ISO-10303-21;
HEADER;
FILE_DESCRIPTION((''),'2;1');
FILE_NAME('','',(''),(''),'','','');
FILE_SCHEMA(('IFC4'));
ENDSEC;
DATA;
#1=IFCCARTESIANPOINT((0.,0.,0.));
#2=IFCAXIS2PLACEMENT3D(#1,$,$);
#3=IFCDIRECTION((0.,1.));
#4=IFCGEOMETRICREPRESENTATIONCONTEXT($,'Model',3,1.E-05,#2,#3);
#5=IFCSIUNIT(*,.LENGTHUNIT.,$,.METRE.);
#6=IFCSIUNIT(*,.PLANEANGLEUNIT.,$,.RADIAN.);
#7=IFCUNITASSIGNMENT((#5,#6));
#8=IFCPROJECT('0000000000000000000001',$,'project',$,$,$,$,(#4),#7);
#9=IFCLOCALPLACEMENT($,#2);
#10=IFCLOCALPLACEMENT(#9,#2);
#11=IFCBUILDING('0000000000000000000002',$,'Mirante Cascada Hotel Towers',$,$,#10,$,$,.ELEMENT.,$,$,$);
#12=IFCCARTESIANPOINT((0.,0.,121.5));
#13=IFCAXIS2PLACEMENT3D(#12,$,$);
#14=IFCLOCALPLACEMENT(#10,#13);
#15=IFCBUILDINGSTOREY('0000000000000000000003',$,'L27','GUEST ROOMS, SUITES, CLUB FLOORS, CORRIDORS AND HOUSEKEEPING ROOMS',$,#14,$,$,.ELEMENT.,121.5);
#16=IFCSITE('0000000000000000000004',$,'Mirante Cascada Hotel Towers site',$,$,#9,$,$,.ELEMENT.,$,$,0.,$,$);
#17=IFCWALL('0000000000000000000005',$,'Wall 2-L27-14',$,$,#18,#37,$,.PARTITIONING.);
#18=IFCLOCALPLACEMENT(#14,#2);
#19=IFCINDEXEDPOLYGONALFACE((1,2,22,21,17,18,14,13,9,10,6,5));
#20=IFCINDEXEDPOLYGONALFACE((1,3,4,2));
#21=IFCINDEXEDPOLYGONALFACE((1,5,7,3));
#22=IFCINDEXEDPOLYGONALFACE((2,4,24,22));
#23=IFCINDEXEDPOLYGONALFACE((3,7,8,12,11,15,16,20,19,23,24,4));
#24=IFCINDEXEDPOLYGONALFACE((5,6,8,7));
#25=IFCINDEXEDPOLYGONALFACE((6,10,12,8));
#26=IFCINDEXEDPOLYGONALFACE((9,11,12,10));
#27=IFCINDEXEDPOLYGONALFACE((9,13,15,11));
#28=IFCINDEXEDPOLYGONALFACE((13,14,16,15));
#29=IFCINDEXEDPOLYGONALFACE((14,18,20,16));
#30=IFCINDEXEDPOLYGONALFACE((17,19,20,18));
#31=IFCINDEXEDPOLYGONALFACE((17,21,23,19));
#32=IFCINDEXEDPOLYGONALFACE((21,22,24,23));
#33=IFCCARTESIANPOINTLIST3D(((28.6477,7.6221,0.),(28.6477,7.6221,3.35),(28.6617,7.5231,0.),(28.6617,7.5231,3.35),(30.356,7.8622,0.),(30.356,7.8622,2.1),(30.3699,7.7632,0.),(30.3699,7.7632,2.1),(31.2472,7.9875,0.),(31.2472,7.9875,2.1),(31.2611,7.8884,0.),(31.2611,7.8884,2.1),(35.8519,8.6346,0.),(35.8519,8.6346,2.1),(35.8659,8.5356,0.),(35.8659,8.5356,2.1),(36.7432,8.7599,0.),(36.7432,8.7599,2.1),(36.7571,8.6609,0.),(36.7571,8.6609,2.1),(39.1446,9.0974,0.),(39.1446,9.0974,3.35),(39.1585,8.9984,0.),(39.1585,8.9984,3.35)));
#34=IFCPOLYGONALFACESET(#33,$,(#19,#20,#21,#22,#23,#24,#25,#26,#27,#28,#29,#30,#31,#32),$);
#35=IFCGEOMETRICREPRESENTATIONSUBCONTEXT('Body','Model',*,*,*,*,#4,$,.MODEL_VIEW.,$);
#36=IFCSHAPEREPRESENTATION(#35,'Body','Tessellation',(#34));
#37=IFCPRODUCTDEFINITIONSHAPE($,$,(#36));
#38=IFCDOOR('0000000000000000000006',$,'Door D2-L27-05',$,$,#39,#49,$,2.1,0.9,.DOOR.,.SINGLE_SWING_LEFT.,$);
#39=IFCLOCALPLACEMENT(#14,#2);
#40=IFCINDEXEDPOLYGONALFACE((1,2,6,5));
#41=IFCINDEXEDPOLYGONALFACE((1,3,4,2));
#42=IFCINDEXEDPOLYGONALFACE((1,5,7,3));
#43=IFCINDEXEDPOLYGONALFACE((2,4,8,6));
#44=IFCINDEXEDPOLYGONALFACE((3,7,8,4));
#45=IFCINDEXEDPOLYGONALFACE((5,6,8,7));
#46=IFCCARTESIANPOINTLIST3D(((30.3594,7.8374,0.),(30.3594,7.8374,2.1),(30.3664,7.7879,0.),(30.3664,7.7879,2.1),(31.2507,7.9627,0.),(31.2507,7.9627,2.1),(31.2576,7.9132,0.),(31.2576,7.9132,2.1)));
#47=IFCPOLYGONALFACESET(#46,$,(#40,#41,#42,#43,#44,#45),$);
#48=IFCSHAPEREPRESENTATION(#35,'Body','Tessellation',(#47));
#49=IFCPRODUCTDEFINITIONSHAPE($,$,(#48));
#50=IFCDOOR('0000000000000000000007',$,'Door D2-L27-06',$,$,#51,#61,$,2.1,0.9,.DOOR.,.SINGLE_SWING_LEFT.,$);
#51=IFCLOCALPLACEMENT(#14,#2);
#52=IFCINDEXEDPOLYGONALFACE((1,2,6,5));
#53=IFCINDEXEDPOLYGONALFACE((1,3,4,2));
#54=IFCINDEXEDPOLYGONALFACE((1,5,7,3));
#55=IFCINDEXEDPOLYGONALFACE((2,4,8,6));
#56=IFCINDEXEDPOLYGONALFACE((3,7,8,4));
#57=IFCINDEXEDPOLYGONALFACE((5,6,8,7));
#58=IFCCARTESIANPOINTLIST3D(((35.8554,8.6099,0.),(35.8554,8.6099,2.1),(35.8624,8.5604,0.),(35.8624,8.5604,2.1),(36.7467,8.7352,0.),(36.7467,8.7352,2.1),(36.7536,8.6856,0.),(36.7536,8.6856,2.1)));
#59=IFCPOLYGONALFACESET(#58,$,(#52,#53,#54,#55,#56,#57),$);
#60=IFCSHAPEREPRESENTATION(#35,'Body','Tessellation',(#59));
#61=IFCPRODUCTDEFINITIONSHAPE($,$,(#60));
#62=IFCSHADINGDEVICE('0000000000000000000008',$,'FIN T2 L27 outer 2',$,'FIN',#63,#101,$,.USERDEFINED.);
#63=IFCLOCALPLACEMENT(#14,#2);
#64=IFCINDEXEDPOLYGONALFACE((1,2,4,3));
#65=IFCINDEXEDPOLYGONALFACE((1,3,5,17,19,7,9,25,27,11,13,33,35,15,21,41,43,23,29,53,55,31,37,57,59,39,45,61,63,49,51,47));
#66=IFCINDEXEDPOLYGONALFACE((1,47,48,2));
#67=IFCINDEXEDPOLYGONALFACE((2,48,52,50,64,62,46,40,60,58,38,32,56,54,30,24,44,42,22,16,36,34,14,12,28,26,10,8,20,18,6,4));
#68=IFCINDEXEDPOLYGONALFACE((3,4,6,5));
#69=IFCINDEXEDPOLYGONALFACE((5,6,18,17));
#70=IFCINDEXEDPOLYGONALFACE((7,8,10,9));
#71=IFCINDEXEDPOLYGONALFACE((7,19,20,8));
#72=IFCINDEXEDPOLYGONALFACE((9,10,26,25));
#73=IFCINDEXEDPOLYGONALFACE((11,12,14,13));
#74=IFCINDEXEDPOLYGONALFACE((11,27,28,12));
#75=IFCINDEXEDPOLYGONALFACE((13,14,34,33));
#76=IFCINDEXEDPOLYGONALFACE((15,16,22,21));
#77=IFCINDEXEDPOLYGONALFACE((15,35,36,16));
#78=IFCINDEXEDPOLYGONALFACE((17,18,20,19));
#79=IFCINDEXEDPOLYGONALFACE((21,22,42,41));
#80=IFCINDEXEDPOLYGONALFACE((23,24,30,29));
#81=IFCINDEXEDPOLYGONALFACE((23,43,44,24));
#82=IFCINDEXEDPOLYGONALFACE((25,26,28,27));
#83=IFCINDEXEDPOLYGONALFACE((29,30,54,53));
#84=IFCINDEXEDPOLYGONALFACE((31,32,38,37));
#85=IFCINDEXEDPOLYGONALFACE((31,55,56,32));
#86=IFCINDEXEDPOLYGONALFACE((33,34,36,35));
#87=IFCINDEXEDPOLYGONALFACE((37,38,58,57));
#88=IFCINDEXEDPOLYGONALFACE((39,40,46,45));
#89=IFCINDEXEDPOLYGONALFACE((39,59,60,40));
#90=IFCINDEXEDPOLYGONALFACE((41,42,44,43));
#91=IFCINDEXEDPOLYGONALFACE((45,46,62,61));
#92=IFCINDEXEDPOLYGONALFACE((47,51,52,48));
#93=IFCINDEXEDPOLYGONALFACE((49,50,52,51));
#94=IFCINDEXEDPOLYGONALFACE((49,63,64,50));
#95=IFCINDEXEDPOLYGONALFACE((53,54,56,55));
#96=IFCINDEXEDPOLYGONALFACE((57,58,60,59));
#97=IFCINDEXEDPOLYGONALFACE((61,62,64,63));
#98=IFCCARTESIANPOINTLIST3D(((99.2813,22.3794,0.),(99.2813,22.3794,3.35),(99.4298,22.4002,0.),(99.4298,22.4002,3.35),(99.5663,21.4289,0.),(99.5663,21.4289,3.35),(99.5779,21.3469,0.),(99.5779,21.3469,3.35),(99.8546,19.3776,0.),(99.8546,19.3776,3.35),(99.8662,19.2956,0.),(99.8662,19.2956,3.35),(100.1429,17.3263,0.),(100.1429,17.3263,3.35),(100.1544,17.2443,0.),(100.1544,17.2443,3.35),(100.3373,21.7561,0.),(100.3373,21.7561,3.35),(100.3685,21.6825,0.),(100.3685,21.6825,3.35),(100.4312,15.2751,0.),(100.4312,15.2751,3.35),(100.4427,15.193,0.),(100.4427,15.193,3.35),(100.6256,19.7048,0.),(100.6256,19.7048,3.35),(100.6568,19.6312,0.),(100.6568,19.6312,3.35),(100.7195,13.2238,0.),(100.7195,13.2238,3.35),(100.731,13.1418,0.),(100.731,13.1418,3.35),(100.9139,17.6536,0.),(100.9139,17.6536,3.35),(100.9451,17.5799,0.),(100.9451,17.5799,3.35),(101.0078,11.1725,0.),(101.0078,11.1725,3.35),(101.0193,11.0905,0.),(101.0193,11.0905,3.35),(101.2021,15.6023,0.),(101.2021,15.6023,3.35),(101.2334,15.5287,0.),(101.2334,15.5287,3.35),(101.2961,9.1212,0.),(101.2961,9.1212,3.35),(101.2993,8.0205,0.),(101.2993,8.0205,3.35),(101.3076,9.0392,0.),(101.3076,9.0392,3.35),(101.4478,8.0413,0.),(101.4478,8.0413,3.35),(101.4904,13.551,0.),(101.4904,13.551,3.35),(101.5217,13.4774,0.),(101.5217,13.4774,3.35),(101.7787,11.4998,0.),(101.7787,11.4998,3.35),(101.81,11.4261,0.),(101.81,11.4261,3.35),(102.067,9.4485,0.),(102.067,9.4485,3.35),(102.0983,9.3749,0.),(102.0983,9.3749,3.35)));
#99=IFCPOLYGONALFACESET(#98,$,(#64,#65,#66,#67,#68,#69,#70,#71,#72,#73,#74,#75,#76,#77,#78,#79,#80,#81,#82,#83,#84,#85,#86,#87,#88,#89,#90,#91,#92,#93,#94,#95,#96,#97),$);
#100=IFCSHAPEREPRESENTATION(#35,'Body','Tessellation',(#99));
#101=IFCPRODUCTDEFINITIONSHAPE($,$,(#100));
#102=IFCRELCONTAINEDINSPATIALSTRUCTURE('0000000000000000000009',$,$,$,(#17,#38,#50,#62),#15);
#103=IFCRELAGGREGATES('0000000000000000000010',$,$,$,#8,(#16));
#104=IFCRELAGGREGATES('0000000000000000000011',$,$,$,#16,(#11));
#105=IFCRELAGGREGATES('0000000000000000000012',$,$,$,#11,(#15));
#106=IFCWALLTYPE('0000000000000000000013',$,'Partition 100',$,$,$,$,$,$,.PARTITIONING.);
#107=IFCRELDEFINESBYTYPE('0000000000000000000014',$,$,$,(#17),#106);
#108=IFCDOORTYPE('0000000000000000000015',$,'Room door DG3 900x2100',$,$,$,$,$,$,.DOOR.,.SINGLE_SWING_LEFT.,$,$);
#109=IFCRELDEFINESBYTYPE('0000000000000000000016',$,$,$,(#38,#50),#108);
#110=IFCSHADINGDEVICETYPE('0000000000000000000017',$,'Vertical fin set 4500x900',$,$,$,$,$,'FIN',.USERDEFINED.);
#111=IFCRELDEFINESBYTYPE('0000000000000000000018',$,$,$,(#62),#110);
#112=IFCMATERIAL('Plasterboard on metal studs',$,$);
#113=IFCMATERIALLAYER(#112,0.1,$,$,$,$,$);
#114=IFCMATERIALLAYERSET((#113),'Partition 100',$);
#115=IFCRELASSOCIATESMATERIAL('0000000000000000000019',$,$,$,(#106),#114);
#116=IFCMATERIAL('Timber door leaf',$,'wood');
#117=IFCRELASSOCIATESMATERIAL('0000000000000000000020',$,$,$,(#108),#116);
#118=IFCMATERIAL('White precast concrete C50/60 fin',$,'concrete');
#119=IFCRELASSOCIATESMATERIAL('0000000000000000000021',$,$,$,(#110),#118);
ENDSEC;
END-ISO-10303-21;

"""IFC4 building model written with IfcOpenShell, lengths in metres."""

from ifc_helpers import new_model, si_unit, direction, frame, frame_2d, origin, place, context, subcontext, project, spatial, polyline, rectangle, outline, extrude, material, layer, layer_set, type_object, element, fill, save


model = new_model("IFC4")

# Units and contexts
model_context = context("Model", 3, precision=1e-05, world=origin(), true_north=direction((0.0, 1.0)))
body_context = subcontext(model_context, "Body", "Model", "MODEL_VIEW")
ifc_project = project(units=[si_unit("LENGTHUNIT", "METRE"), si_unit("PLANEANGLEUNIT", "RADIAN")], contexts=[model_context])

# Site, building, storey
site_placement = place(None, origin())
site = spatial("IfcSite", under=ifc_project, at=site_placement, Name="Mirante Cascada Hotel Towers site", CompositionType="ELEMENT", RefElevation=0.0)
building_placement = place(site_placement, origin())
building = spatial("IfcBuilding", under=site, at=building_placement, Name="Mirante Cascada Hotel Towers", CompositionType="ELEMENT")
storey_placement = place(building_placement, frame((0.0, 0.0, 121.5)))
storey = spatial("IfcBuildingStorey", under=building, at=storey_placement, Name="L27", Description="GUEST ROOMS, SUITES, CLUB FLOORS, CORRIDORS AND HOUSEKEEPING ROOMS", CompositionType="ELEMENT", Elevation=121.5)

# Wall, openings, doors
ifc_material_1 = material(Name="Plasterboard on metal studs")
ifc_layer_1 = layer(ifc_material_1, 0.1)
ifc_layer_set_1 = layer_set([ifc_layer_1], Name="Partition 100")
wall_type = type_object("IfcWallType", Name="Partition 100", PredefinedType="PARTITIONING", material=ifc_layer_set_1)
wall_placement = place(storey_placement, frame((28.6547, 7.5726, 0.0), z_axis=(0.0, 0.0, 1.0), x_axis=(0.990267, 0.13918, 0.0)))
wall = element("IfcWall", 1, at=wall_placement, inside=storey, type_object=wall_type, Name="Wall 2-L27-14", PredefinedType="PARTITIONING", context=body_context, shape_type="SweptSolid", body=[
    extrude(rectangle(XDim=10.6, YDim=0.1, at=frame_2d((5.3, 0.0))), origin(), (0.0, 0.0, 1.0), 3.35),
])
opening_1_placement = place(wall_placement, frame((1.725, 0.0, 0.0)))
opening_1 = element("IfcOpeningElement", 2, at=opening_1_placement, cuts=wall, PredefinedType="OPENING", context=body_context, shape_type="SweptSolid", body=[
    extrude(rectangle(XDim=0.9, YDim=2.1, at=frame_2d((0.45, 1.05))), frame((0.0, 0.05, 0.0), z_axis=(0.0, -1.0, 0.0), x_axis=(1.0, 0.0, 0.0)), (0.0, 0.0, 1.0), 0.1),
])
opening_2_placement = place(wall_placement, frame((7.275, 0.0, 0.0)))
opening_2 = element("IfcOpeningElement", 3, at=opening_2_placement, cuts=wall, PredefinedType="OPENING", context=body_context, shape_type="SweptSolid", body=[
    extrude(rectangle(XDim=0.9, YDim=2.1, at=frame_2d((0.45, 1.05))), frame((0.0, 0.05, 0.0), z_axis=(0.0, -1.0, 0.0), x_axis=(1.0, 0.0, 0.0)), (0.0, 0.0, 1.0), 0.1),
])
ifc_material_2 = material(Name="Timber door leaf", Category="wood")
door_type = type_object("IfcDoorType", Name="Room door DG3 900x2100", OperationType="SINGLE_SWING_LEFT", PredefinedType="DOOR", material=ifc_material_2)
door_1_placement = place(opening_1_placement, origin())
door_1 = element("IfcDoor", 4, at=door_1_placement, inside=storey, type_object=door_type, Name="Door D2-L27-05", OperationType="SINGLE_SWING_LEFT", OverallHeight=2.1, OverallWidth=0.9, PredefinedType="DOOR", context=body_context, shape_type="SweptSolid", body=[
    extrude(rectangle(XDim=0.9, YDim=2.1, at=frame_2d((0.45, 1.05))), frame((0.0, 0.025, 0.0), z_axis=(0.0, -1.0, 0.0), x_axis=(1.0, 0.0, 0.0)), (0.0, 0.0, 1.0), 0.05),
])
fill(opening_1, door_1)
door_2_placement = place(opening_2_placement, origin())
door_2 = element("IfcDoor", 5, at=door_2_placement, inside=storey, type_object=door_type, Name="Door D2-L27-06", OperationType="SINGLE_SWING_LEFT", OverallHeight=2.1, OverallWidth=0.9, PredefinedType="DOOR", context=body_context, shape_type="SweptSolid", body=[
    extrude(rectangle(XDim=0.9, YDim=2.1, at=frame_2d((0.45, 1.05))), frame((0.0, 0.025, 0.0), z_axis=(0.0, -1.0, 0.0), x_axis=(1.0, 0.0, 0.0)), (0.0, 0.0, 1.0), 0.05),
])
fill(opening_2, door_2)

# Shading device
ifc_material_3 = material(Name="White precast concrete C50/60 fin", Category="concrete")
shading_device_type = type_object("IfcShadingDeviceType", Name="Vertical fin set 4500x900", ElementType="FIN", PredefinedType="USERDEFINED", material=ifc_material_3)
shading_device_placement = place(storey_placement, origin())
element("IfcShadingDevice", 6, at=shading_device_placement, inside=storey, type_object=shading_device_type, Name="FIN T2 L27 outer 2", ObjectType="FIN", PredefinedType="USERDEFINED", context=body_context, shape_type="SweptSolid", body=[
    extrude(outline(polyline([(102.0983, 9.3749), (101.3076, 9.0392), (101.4478, 8.0413), (101.2993, 8.0205), (99.2813, 22.3794), (99.4298, 22.4002), (99.5663, 21.4289), (100.3373, 21.7561), (100.3685, 21.6825), (99.5779, 21.3469), (99.8546, 19.3776), (100.6256, 19.7048), (100.6568, 19.6312), (99.8662, 19.2956), (100.1429, 17.3263), (100.9139, 17.6536), (100.9451, 17.5799), (100.1544, 17.2443), (100.4312, 15.2751), (101.2021, 15.6023), (101.2334, 15.5287), (100.4427, 15.193), (100.7195, 13.2238), (101.4904, 13.551), (101.5217, 13.4774), (100.731, 13.1418), (101.0078, 11.1725), (101.7787, 11.4998), (101.81, 11.4261), (101.0193, 11.0905), (101.2961, 9.1212), (102.067, 9.4485), (102.0983, 9.3749)])), origin(), (0.0, 0.0, 1.0), 3.35),
])

save(model, "model.ifc")
